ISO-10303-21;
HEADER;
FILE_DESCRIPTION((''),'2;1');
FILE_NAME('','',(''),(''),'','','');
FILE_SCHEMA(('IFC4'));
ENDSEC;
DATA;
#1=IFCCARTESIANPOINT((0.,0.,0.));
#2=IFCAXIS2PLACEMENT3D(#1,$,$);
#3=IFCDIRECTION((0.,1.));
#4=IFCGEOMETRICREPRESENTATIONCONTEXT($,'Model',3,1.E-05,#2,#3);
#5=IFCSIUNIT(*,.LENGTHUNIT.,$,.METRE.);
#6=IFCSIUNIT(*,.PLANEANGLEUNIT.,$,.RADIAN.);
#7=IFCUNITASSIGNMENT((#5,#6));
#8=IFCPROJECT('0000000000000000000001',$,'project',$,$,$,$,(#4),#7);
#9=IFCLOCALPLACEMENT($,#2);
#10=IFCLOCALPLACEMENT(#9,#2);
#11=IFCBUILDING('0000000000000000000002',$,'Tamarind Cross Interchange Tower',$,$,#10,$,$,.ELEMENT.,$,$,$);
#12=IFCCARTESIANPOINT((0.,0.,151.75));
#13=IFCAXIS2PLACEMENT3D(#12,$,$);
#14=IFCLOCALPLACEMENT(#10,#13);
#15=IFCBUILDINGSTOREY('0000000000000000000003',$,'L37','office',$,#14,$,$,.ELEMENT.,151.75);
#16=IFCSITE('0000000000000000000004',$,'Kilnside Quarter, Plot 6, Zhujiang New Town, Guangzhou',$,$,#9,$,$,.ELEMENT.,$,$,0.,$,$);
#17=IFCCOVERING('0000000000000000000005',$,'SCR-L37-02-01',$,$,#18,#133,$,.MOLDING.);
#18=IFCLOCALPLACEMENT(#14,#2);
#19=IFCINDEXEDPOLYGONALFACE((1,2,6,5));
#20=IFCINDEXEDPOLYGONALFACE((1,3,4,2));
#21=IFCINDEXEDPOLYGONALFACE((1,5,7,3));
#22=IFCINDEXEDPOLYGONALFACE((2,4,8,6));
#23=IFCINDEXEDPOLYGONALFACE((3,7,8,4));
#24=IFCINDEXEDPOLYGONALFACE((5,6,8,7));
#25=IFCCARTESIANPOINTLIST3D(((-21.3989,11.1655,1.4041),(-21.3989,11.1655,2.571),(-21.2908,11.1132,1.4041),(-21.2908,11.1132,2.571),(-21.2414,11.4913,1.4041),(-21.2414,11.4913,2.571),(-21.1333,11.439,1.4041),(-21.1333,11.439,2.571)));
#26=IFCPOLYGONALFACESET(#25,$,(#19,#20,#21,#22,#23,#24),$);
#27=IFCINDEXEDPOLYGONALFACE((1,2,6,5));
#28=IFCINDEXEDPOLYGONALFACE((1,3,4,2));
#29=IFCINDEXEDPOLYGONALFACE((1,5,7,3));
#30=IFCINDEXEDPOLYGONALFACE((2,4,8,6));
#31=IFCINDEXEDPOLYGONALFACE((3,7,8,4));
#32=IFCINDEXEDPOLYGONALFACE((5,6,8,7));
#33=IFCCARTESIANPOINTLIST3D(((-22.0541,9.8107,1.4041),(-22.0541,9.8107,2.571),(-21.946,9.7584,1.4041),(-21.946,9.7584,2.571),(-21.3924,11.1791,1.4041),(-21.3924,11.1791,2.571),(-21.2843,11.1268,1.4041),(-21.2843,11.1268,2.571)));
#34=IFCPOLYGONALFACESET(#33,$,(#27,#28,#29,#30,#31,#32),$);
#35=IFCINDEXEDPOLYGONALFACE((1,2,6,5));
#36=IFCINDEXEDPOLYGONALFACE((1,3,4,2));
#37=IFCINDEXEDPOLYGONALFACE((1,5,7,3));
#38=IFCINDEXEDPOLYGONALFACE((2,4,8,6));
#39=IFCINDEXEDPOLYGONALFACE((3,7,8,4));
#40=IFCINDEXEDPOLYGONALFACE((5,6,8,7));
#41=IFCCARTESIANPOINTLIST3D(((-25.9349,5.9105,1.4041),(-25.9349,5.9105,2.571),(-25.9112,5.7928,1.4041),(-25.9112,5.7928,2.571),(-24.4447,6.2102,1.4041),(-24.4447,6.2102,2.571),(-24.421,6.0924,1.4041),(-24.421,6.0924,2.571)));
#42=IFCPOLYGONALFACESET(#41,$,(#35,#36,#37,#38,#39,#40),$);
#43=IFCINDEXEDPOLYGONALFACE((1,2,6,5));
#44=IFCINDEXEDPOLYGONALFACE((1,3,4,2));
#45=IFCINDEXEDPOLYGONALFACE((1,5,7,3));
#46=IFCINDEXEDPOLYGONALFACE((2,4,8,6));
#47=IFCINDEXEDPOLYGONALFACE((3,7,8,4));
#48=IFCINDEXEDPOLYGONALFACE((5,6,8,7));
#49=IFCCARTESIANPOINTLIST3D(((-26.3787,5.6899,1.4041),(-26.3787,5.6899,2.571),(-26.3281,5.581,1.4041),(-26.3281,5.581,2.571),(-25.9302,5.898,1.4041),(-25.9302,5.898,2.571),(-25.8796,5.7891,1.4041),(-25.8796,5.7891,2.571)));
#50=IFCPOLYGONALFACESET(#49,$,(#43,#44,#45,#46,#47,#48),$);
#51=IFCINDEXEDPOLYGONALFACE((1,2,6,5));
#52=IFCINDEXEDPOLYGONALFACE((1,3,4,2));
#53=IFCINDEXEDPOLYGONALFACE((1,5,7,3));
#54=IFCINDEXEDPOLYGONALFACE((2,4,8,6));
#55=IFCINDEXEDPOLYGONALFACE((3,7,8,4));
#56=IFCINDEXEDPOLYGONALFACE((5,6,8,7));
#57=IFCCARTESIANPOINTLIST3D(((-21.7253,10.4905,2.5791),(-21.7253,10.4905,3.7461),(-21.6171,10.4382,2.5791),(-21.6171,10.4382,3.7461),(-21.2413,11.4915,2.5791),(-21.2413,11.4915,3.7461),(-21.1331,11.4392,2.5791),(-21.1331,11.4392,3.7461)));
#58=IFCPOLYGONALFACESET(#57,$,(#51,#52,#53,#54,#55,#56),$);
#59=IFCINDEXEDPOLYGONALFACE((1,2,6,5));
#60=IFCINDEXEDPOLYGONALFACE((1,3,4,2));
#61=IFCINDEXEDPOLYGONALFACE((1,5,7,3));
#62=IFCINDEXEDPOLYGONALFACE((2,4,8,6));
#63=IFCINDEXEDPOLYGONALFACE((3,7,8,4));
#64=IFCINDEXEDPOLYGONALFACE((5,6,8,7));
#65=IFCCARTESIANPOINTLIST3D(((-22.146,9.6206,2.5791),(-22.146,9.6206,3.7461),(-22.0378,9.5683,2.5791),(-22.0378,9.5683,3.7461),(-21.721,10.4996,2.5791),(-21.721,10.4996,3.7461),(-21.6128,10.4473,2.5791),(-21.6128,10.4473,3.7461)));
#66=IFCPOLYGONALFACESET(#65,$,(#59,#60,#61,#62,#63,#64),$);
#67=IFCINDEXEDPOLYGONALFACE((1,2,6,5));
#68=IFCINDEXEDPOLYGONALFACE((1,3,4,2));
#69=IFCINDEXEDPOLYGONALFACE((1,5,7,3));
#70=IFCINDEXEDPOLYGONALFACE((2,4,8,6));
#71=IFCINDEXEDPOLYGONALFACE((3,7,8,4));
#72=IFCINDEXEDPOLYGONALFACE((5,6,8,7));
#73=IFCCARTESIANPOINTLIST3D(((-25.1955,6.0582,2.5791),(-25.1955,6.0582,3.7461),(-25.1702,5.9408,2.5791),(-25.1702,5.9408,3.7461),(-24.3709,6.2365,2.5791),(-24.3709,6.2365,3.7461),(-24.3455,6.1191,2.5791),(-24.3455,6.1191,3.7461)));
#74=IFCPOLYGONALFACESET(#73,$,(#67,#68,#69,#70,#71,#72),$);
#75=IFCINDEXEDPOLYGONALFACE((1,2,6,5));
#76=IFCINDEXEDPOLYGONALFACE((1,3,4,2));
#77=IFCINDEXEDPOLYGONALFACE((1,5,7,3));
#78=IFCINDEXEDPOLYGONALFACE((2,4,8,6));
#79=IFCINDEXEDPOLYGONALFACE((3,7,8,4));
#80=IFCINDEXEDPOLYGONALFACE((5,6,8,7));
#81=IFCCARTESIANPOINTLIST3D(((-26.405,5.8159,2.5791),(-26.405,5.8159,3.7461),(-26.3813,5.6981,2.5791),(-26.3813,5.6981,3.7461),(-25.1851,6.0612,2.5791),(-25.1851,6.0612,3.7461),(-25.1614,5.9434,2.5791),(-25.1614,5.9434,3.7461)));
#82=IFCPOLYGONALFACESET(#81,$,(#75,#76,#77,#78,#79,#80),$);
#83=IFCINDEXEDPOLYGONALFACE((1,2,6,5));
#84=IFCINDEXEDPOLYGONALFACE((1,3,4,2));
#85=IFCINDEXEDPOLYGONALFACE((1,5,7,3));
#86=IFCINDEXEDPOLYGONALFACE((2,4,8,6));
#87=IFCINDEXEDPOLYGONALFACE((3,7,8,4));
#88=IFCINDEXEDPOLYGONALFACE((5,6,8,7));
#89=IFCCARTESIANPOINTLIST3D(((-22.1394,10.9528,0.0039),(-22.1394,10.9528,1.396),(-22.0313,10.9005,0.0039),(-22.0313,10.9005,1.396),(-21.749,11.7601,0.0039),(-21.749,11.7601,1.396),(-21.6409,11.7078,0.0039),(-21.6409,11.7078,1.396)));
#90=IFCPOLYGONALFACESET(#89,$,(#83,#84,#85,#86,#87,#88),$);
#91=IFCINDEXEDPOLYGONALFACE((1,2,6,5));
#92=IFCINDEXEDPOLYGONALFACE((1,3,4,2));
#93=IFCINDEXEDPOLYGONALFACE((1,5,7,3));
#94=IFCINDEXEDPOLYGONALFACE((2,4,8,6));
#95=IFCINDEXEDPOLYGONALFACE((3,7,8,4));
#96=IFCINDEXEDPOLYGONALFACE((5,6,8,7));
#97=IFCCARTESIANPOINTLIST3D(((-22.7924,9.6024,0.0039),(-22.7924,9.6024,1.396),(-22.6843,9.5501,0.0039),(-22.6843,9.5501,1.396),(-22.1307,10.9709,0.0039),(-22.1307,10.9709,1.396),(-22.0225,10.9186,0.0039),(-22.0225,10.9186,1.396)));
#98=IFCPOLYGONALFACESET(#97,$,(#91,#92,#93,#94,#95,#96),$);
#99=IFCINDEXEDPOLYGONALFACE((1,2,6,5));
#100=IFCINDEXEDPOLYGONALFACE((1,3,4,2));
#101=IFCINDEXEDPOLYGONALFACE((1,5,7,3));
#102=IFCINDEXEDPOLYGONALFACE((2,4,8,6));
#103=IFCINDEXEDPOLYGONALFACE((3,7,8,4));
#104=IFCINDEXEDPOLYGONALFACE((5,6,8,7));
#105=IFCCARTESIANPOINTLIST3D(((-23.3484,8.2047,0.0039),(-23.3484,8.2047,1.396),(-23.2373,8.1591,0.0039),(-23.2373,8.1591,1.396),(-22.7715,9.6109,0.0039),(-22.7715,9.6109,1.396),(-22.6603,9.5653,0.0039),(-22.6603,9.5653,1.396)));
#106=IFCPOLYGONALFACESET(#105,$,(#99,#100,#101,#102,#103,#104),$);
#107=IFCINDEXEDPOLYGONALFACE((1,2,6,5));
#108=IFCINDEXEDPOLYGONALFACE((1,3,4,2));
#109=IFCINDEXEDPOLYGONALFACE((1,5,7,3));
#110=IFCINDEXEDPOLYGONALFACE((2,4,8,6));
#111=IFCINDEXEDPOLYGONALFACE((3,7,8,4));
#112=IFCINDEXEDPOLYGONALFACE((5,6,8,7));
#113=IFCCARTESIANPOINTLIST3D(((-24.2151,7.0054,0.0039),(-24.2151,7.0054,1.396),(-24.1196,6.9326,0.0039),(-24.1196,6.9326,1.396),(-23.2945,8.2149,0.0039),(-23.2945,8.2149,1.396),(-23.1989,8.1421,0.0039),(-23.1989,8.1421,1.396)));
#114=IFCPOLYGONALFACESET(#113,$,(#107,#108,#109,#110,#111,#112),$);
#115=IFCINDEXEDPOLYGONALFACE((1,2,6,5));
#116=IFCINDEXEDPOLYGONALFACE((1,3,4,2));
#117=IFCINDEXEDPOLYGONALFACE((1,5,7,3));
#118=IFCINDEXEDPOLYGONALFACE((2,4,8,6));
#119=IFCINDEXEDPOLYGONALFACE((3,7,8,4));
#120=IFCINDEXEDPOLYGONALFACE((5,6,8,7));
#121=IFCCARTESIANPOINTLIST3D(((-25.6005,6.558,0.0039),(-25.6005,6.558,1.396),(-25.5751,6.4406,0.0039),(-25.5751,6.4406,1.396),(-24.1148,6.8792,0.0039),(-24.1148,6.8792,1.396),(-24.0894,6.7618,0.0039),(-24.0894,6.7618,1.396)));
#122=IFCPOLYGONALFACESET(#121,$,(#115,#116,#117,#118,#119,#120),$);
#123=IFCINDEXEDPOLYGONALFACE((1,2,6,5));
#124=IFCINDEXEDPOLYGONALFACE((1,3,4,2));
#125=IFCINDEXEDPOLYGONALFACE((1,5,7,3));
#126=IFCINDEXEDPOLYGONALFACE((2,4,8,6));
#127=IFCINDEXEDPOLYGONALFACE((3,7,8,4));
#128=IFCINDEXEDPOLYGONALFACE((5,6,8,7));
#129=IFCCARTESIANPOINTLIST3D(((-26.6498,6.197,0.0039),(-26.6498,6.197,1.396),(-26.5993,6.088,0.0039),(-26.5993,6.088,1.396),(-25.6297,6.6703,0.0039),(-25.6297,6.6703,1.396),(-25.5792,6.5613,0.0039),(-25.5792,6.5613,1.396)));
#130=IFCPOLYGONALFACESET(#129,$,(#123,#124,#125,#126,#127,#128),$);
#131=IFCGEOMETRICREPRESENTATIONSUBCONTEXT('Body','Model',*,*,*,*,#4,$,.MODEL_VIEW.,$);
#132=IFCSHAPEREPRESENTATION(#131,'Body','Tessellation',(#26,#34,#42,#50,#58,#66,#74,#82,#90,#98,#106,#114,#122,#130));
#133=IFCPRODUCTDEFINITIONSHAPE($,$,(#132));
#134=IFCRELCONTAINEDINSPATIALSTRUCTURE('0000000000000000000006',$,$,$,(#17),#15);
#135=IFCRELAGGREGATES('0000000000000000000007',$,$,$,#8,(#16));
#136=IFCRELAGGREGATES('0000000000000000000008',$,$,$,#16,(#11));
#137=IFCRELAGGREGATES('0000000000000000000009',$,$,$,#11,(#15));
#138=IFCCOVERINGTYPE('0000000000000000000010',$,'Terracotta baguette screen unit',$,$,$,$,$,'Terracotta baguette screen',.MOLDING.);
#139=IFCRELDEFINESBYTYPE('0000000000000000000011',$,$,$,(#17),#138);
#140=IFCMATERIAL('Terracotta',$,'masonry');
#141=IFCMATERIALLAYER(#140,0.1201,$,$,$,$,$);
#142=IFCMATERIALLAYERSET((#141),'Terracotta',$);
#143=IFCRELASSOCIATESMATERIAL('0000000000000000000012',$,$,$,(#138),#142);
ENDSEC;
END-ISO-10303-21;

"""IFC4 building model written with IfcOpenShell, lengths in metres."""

from ifc_helpers import new_model, si_unit, direction, frame, origin, origin_2d, place, context, subcontext, project, spatial, rectangle, extrude, material, layer, layer_set, type_object, element, save


model = new_model("IFC4")

# Units and contexts
model_context = context("Model", 3, precision=1e-05, world=origin(), true_north=direction((0.0, 1.0)))
body_context = subcontext(model_context, "Body", "Model", "MODEL_VIEW")
ifc_project = project(units=[si_unit("LENGTHUNIT", "METRE"), si_unit("PLANEANGLEUNIT", "RADIAN")], contexts=[model_context])

# Site, building, storey
site_placement = place(None, origin())
site = spatial("IfcSite", under=ifc_project, at=site_placement, Name="Kilnside Quarter, Plot 6, Zhujiang New Town, Guangzhou", CompositionType="ELEMENT", RefElevation=0.0)
building_placement = place(site_placement, origin())
building = spatial("IfcBuilding", under=site, at=building_placement, Name="Tamarind Cross Interchange Tower", CompositionType="ELEMENT")
storey_placement = place(building_placement, frame((0.0, 0.0, 151.75)))
storey = spatial("IfcBuildingStorey", under=building, at=storey_placement, Name="L37", Description="office", CompositionType="ELEMENT", Elevation=151.75)

# Covering
ifc_material_1 = material(Name="Terracotta", Category="masonry")
ifc_layer_1 = layer(ifc_material_1, 0.1201)
ifc_layer_set_1 = layer_set([ifc_layer_1], Name="Terracotta")
covering_type = type_object("IfcCoveringType", Name="Terracotta baguette screen unit", ElementType="Terracotta baguette screen", PredefinedType="MOLDING", material=ifc_layer_set_1)
covering_1_placement = place(storey_placement, origin())
element("IfcCovering", 1, at=covering_1_placement, inside=storey, type_object=covering_type, Name="SCR-L37-02-01", PredefinedType="MOLDING", context=body_context, shape_type="SweptSolid", body=[
    extrude(rectangle(XDim=0.3618, YDim=0.1201, at=origin_2d()), frame((-21.2661, 11.3022, 1.4041), z_axis=(0.0, 0.0, 1.0), x_axis=(-0.435326, -0.900273, 0.0)), (0.0, 0.0, 1.0), 1.167),
    extrude(rectangle(XDim=1.52, YDim=0.1201, at=origin_2d()), frame((-21.6692, 10.4688, 1.4041), z_axis=(0.0, 0.0, 1.0), x_axis=(-0.435326, -0.900273, 0.0)), (0.0, 0.0, 1.0), 1.167),
    extrude(rectangle(XDim=1.52, YDim=0.1201, at=origin_2d()), frame((-25.178, 6.0015, 1.4041), z_axis=(0.0, 0.0, 1.0), x_axis=(-0.980379, -0.197124, 0.0)), (0.0, 0.0, 1.0), 1.167),
    extrude(rectangle(XDim=0.4944, YDim=0.1201, at=origin_2d()), frame((-26.1292, 5.7395, 1.4041), z_axis=(0.0, 0.0, 1.0), x_axis=(-0.907126, -0.420858, 0.0)), (0.0, 0.0, 1.0), 1.167),
    extrude(rectangle(XDim=1.1118, YDim=0.1201, at=origin_2d()), frame((-21.4292, 10.9648, 2.5791), z_axis=(0.0, 0.0, 1.0), x_axis=(-0.435326, -0.900273, 0.0)), (0.0, 0.0, 1.0), 1.167),
    extrude(rectangle(XDim=0.9763, YDim=0.1201, at=origin_2d()), frame((-21.8794, 10.0339, 2.5791), z_axis=(0.0, 0.0, 1.0), x_axis=(-0.435326, -0.900273, 0.0)), (0.0, 0.0, 1.0), 1.167),
    extrude(rectangle(XDim=0.8438, YDim=0.1201, at=origin_2d()), frame((-24.7705, 6.0886, 2.5791), z_axis=(0.0, 0.0, 1.0), x_axis=(-0.977408, -0.211359, 0.0)), (0.0, 0.0, 1.0), 1.167),
    extrude(rectangle(XDim=1.2444, YDim=0.1201, at=origin_2d()), frame((-25.7832, 5.8796, 2.5791), z_axis=(0.0, 0.0, 1.0), x_axis=(-0.980379, -0.197124, 0.0)), (0.0, 0.0, 1.0), 1.167),
    extrude(rectangle(XDim=0.8967, YDim=0.1201, at=origin_2d()), frame((-21.8901, 11.3303, 0.0039), z_axis=(0.0, 0.0, 1.0), x_axis=(-0.435326, -0.900273, 0.0)), (0.0, 0.0, 1.0), 1.3921),
    extrude(rectangle(XDim=1.52, YDim=0.1201, at=origin_2d()), frame((-22.4075, 10.2605, 0.0039), z_axis=(0.0, 0.0, 1.0), x_axis=(-0.435326, -0.900273, 0.0)), (0.0, 0.0, 1.0), 1.3921),
    extrude(rectangle(XDim=1.52, YDim=0.1201, at=origin_2d()), frame((-23.0044, 8.885, 0.0039), z_axis=(0.0, 0.0, 1.0), x_axis=(-0.379587, -0.925156, 0.0)), (0.0, 0.0, 1.0), 1.3921),
    extrude(rectangle(XDim=1.52, YDim=0.1201, at=origin_2d()), frame((-23.707, 7.5737, 0.0039), z_axis=(0.0, 0.0, 1.0), x_axis=(-0.605672, -0.795715, 0.0)), (0.0, 0.0, 1.0), 1.3921),
    extrude(rectangle(XDim=1.52, YDim=0.1201, at=origin_2d()), frame((-24.845, 6.6599, 0.0039), z_axis=(0.0, 0.0, 1.0), x_axis=(-0.977408, -0.211359, 0.0)), (0.0, 0.0, 1.0), 1.3921),
    extrude(rectangle(XDim=1.1245, YDim=0.1201, at=origin_2d()), frame((-26.1145, 6.3792, 0.0039), z_axis=(0.0, 0.0, 1.0), x_axis=(-0.907126, -0.420858, 0.0)), (0.0, 0.0, 1.0), 1.3921),
])

save(model, "model.ifc")
